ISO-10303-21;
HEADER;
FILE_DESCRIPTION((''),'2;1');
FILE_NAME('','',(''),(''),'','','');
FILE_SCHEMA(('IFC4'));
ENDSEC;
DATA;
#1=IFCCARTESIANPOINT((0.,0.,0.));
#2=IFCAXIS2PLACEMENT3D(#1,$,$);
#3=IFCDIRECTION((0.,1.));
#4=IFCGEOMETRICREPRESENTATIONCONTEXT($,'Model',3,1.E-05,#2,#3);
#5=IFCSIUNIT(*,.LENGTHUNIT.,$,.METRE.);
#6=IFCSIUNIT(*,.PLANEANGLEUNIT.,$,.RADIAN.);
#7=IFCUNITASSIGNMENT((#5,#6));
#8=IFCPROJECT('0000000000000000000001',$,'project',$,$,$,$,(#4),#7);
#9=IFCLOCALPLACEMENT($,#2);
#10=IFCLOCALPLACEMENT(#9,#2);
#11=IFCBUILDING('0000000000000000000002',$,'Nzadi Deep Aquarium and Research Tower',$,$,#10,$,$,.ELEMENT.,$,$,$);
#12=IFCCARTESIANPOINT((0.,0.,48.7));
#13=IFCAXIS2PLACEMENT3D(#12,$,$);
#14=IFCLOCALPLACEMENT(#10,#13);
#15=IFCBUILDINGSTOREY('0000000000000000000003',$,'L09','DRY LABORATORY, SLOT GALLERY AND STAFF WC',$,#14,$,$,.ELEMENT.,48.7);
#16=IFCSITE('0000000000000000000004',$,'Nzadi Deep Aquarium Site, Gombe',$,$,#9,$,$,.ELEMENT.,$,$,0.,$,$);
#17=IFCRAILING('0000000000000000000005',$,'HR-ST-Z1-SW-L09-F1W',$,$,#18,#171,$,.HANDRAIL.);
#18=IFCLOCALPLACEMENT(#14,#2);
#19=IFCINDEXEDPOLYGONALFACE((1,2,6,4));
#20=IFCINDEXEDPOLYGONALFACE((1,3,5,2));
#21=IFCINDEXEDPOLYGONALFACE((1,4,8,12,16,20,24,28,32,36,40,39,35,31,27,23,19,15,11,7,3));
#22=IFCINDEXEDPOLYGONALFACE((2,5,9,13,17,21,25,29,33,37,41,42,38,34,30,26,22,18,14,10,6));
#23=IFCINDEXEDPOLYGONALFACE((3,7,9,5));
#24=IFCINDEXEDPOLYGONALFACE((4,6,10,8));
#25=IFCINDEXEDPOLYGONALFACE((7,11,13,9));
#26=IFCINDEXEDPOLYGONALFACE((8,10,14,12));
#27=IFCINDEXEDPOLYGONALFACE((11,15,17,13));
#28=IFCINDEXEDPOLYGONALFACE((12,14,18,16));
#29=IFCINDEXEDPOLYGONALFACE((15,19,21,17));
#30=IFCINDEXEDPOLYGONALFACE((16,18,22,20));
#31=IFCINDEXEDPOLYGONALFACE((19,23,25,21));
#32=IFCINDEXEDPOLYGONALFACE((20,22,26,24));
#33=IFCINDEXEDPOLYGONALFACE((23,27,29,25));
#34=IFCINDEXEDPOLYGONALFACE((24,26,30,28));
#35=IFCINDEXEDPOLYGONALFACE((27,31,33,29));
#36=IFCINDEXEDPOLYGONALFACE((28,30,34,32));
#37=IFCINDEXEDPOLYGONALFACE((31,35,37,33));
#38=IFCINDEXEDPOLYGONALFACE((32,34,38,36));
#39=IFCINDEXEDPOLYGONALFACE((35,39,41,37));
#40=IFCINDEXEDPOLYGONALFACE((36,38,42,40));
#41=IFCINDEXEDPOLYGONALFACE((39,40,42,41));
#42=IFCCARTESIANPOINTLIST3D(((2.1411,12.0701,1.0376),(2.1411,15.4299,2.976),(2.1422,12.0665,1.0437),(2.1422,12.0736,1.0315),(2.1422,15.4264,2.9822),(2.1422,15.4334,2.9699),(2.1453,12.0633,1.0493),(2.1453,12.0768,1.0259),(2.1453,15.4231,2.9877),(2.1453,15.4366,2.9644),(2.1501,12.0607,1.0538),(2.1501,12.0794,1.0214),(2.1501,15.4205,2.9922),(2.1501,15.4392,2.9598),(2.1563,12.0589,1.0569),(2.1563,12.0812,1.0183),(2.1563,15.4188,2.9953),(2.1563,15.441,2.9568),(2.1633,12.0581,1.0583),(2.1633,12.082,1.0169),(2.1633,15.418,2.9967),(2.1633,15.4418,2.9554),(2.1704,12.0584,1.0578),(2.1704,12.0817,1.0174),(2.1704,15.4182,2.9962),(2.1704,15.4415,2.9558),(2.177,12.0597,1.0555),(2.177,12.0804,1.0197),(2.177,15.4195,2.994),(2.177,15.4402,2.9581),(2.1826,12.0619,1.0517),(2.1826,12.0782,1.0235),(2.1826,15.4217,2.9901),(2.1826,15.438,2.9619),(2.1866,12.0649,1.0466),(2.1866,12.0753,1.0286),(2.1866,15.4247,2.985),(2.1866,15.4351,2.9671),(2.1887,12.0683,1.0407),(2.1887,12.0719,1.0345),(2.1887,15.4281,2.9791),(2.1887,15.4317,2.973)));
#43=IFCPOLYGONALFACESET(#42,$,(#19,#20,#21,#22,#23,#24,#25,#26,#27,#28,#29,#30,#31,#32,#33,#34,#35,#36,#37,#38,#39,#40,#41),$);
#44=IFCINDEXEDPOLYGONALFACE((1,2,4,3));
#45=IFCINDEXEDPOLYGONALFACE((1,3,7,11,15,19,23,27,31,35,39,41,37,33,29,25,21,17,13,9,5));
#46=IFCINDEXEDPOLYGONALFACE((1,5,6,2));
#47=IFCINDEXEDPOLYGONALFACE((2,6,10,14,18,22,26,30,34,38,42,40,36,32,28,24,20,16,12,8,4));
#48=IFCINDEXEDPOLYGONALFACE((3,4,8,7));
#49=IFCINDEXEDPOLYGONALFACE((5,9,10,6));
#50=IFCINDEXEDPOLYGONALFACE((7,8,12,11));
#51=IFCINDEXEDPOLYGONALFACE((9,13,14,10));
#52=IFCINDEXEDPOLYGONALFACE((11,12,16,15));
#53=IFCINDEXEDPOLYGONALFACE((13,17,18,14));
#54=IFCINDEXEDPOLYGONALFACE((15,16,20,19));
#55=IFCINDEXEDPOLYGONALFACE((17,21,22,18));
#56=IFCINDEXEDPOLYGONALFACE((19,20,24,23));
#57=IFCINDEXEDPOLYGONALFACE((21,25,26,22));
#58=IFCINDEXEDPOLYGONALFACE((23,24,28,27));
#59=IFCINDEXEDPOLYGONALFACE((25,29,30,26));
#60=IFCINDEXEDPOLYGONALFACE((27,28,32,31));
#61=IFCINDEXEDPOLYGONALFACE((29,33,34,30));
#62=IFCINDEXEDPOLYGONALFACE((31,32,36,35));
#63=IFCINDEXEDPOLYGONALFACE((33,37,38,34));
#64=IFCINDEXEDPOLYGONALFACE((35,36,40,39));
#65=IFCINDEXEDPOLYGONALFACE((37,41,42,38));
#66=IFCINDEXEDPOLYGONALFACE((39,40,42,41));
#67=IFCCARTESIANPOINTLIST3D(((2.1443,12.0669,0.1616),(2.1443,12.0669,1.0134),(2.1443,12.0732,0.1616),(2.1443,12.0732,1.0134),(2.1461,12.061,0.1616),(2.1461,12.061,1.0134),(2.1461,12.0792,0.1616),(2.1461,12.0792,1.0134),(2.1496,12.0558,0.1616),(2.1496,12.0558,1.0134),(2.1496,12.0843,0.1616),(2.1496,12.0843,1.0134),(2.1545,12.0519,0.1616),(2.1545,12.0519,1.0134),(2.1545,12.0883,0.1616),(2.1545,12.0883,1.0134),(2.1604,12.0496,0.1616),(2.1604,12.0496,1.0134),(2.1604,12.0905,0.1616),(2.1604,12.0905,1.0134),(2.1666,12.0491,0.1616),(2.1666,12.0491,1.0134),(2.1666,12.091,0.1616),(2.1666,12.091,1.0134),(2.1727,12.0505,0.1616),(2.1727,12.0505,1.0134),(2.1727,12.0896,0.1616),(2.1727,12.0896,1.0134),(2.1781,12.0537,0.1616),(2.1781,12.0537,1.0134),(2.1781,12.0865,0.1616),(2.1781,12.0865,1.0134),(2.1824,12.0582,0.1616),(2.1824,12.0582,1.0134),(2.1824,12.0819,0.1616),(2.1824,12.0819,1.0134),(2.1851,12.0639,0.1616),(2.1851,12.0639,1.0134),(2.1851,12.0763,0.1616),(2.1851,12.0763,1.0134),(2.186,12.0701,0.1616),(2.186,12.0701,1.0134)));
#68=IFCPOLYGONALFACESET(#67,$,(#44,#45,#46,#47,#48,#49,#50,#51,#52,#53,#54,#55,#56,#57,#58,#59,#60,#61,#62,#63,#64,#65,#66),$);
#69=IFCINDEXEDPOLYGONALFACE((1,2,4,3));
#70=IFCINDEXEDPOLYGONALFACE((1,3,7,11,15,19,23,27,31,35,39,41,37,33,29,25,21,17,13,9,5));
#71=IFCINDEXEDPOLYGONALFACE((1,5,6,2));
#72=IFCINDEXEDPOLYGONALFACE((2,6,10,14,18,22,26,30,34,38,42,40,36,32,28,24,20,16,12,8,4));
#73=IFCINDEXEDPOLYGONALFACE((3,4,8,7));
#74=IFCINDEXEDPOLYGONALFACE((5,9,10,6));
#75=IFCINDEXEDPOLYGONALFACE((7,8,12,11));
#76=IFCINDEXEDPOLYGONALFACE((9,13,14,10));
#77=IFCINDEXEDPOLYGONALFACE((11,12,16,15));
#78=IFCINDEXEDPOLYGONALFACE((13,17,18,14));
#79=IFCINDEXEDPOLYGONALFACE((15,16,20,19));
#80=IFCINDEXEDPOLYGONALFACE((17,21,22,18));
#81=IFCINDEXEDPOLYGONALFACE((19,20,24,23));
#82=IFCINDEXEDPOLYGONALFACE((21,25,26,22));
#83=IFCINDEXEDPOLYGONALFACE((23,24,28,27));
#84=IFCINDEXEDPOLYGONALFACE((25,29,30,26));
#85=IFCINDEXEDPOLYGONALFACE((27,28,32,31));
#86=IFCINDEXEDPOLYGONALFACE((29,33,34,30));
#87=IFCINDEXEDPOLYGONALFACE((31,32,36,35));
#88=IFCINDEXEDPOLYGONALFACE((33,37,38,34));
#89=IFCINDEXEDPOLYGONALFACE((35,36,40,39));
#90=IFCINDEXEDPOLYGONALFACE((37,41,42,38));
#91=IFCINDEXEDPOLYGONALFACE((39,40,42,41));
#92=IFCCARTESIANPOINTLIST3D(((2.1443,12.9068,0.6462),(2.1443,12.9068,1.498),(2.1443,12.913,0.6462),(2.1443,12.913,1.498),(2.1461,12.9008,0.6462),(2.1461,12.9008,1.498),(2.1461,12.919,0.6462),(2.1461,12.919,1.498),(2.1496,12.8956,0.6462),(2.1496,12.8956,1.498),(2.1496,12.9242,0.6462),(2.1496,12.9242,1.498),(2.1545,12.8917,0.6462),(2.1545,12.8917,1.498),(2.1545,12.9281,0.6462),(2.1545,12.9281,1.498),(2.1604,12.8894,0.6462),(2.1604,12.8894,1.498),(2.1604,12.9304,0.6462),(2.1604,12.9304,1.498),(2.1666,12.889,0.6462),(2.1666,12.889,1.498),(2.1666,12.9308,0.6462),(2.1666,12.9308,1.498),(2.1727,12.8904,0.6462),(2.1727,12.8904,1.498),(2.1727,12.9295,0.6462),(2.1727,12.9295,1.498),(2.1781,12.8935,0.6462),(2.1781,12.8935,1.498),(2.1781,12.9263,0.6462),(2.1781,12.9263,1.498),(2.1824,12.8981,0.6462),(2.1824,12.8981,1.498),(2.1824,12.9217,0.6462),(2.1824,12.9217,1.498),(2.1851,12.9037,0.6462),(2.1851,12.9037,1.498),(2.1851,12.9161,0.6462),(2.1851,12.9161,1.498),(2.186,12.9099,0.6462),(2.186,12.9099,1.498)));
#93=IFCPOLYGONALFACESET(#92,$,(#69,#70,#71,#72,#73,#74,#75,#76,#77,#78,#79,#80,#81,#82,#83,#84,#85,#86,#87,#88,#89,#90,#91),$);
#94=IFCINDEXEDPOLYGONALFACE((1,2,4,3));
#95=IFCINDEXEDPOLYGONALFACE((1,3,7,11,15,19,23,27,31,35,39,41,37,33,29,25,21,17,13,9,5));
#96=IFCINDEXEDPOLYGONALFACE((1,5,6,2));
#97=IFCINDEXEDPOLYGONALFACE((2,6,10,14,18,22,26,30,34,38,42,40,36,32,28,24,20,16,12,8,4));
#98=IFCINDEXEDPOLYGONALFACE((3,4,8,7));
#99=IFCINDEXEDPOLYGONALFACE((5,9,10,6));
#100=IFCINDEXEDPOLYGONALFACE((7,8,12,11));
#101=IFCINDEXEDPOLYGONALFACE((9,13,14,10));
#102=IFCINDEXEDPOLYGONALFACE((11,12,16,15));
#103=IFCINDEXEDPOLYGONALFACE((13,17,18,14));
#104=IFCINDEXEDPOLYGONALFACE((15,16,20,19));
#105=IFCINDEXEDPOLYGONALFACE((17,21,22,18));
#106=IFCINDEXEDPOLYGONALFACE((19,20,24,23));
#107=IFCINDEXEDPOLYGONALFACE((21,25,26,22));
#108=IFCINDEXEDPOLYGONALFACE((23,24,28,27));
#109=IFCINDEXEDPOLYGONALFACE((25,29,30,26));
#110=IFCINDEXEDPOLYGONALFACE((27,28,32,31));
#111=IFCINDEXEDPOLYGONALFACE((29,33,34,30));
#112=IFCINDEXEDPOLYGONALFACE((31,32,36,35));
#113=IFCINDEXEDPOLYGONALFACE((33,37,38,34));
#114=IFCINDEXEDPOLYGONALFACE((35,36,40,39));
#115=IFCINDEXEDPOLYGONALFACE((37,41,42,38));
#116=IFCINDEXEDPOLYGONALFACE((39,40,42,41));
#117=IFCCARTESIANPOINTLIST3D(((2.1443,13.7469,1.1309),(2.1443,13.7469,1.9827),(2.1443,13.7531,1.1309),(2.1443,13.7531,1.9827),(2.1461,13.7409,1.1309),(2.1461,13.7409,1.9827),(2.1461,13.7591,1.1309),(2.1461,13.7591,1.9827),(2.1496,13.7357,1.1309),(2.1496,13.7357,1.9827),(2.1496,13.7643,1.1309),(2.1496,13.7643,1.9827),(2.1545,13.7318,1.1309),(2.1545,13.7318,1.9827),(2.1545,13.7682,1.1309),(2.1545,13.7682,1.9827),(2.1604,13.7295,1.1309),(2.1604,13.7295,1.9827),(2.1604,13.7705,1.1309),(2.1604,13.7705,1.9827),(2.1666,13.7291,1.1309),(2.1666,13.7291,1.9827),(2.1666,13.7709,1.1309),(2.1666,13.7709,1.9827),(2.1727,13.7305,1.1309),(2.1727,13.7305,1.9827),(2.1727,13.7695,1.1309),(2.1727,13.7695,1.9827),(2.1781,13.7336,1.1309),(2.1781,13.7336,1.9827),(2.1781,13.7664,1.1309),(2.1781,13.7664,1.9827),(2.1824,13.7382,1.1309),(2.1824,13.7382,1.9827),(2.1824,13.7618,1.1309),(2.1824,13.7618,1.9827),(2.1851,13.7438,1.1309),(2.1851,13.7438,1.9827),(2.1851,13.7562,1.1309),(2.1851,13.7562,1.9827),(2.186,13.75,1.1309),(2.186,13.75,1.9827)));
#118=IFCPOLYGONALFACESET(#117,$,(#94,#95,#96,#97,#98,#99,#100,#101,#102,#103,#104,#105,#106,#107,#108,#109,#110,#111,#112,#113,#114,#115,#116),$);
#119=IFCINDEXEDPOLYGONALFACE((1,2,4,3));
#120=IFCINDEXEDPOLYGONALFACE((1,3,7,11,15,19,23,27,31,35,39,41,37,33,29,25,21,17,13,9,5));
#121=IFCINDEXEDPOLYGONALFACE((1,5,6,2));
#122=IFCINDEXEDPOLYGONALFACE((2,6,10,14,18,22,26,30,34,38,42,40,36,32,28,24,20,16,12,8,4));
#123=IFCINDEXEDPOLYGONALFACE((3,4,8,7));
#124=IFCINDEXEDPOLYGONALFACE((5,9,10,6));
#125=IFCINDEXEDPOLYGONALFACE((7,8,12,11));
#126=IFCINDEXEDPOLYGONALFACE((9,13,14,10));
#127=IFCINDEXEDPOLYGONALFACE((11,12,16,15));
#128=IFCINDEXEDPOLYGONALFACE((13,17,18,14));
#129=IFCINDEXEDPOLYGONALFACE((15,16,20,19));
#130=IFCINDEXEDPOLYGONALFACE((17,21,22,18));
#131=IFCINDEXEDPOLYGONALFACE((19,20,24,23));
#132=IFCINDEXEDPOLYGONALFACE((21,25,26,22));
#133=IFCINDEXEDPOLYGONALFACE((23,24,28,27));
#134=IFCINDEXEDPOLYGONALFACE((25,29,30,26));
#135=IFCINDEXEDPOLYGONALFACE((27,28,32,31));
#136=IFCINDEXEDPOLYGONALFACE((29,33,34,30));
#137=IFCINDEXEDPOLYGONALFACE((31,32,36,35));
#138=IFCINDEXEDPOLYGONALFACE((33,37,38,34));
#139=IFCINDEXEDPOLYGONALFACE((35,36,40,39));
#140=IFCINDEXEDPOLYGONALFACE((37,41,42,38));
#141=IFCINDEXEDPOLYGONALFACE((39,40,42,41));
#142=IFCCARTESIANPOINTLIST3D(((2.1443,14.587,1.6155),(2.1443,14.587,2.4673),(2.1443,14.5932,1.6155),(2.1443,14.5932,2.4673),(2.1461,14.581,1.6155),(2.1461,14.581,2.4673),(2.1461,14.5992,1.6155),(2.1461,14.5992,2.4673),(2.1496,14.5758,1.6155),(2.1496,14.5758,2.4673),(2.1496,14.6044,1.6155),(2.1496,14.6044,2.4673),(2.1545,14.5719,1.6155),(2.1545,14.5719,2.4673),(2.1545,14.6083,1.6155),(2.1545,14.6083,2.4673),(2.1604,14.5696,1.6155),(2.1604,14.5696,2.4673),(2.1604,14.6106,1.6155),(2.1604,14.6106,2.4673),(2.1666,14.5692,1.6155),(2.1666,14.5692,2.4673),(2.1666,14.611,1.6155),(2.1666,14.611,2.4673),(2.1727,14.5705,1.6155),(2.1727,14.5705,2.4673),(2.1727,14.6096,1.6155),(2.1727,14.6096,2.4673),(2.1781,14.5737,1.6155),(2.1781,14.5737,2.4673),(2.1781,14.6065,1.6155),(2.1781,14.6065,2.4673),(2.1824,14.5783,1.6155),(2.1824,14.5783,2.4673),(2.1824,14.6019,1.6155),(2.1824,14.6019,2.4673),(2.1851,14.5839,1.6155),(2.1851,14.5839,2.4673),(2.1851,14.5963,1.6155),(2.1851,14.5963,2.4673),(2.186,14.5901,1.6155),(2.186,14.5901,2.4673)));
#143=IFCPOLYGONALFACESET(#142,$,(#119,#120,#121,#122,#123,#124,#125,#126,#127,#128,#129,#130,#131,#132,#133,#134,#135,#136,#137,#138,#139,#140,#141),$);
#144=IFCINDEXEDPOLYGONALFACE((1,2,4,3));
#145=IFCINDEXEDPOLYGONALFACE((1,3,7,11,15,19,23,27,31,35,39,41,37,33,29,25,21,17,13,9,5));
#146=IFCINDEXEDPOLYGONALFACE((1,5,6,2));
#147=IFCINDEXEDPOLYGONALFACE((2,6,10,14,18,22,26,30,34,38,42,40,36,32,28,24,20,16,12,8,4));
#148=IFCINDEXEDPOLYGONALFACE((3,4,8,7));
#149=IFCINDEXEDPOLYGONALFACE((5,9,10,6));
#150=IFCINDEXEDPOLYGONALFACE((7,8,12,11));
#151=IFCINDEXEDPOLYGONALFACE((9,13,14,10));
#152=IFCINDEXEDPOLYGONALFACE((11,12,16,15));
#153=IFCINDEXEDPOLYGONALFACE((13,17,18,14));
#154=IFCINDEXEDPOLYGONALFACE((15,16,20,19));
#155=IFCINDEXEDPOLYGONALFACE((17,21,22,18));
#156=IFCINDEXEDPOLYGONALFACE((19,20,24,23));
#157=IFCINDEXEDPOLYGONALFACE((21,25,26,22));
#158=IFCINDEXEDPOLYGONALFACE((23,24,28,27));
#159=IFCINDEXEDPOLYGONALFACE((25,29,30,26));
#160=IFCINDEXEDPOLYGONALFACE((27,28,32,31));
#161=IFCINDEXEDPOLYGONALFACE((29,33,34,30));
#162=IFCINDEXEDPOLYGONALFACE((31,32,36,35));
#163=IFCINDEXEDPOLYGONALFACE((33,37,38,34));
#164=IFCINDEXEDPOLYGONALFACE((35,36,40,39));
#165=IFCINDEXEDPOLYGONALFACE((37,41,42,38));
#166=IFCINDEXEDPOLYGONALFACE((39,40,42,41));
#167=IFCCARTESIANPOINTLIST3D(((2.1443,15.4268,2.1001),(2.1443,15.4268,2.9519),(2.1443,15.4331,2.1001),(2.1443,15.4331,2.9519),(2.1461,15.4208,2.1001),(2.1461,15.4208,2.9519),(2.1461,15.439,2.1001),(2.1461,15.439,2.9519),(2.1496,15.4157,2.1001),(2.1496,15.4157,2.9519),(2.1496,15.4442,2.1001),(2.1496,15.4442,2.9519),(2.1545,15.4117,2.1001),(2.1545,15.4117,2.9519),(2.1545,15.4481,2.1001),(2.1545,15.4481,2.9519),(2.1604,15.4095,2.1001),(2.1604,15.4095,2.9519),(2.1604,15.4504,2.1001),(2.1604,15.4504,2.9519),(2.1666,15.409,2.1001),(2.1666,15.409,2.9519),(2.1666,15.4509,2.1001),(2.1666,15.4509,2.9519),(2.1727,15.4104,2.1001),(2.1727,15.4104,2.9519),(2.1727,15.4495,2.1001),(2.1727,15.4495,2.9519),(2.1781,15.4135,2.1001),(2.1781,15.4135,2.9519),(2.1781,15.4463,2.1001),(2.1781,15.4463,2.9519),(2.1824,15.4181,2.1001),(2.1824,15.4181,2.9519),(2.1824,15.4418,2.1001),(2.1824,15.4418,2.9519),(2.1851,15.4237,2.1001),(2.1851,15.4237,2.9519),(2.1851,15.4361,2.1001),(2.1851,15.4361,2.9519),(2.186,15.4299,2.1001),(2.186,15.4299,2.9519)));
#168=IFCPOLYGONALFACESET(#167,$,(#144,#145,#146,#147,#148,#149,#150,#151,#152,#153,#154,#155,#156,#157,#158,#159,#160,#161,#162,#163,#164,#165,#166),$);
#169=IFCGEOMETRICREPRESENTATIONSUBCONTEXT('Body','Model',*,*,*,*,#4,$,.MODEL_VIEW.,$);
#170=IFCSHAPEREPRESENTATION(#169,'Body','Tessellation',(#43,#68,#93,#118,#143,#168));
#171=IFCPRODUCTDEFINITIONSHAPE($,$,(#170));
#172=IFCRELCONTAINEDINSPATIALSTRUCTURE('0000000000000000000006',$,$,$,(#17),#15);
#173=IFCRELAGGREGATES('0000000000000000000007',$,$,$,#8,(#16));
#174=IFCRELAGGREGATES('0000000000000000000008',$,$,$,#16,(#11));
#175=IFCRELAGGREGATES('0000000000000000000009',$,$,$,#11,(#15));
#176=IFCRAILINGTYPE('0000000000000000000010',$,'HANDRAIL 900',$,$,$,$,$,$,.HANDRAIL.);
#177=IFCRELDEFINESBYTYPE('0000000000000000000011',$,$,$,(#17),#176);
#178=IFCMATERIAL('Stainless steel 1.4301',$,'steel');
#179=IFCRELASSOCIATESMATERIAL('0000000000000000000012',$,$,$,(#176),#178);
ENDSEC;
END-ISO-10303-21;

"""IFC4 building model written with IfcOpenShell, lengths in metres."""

from ifc_helpers import new_model, si_unit, direction, frame, origin, origin_2d, place, context, subcontext, project, spatial, circle, extrude, material, type_object, element, save


model = new_model("IFC4")

# Units and contexts
model_context = context("Model", 3, precision=1e-05, world=origin(), true_north=direction((0.0, 1.0)))
body_context = subcontext(model_context, "Body", "Model", "MODEL_VIEW")
ifc_project = project(units=[si_unit("LENGTHUNIT", "METRE"), si_unit("PLANEANGLEUNIT", "RADIAN")], contexts=[model_context])

# Site, building, storey
site_placement = place(None, origin())
site = spatial("IfcSite", under=ifc_project, at=site_placement, Name="Nzadi Deep Aquarium Site, Gombe", CompositionType="ELEMENT", RefElevation=0.0)
building_placement = place(site_placement, origin())
building = spatial("IfcBuilding", under=site, at=building_placement, Name="Nzadi Deep Aquarium and Research Tower", CompositionType="ELEMENT")
storey_placement = place(building_placement, frame((0.0, 0.0, 48.7)))
storey = spatial("IfcBuildingStorey", under=building, at=storey_placement, Name="L09", Description="DRY LABORATORY, SLOT GALLERY AND STAFF WC", CompositionType="ELEMENT", Elevation=48.7)

# Railing
ifc_material_1 = material(Name="Stainless steel 1.4301", Category="steel")
railing_type = type_object("IfcRailingType", Name="HANDRAIL 900", PredefinedType="HANDRAIL", material=ifc_material_1)
for number, where, name in (
    (1, (2.165, 12.0701, 0.1616), "HR-ST-Z1-SW-L09-F1W"),
):
    element("IfcRailing", number, at=place(storey_placement, frame(where)), inside=storey, type_object=railing_type, Name=name, PredefinedType="HANDRAIL", context=body_context, shape_type="SweptSolid", body=[
        extrude(circle(Radius=0.0239, at=origin_2d()), frame((0.0, 0.0, 0.876), z_axis=(0.0, 0.866175, 0.499741), x_axis=(-1.0, 0.0, 0.0)), (0.0, 0.0, 1.0), 3.8789),
        extrude(circle(Radius=0.021, at=origin_2d()), origin(), (0.0, 0.0, 1.0), 0.8518),
        extrude(circle(Radius=0.021, at=origin_2d()), frame((0.0, 0.8398, 0.4846)), (0.0, 0.0, 1.0), 0.8518),
        extrude(circle(Radius=0.021, at=origin_2d()), frame((0.0, 1.6799, 0.9692)), (0.0, 0.0, 1.0), 0.8518),
        extrude(circle(Radius=0.021, at=origin_2d()), frame((0.0, 2.52, 1.4539)), (0.0, 0.0, 1.0), 0.8518),
        extrude(circle(Radius=0.021, at=origin_2d()), frame((0.0, 3.3599, 1.9385)), (0.0, 0.0, 1.0), 0.8518),
    ])

save(model, "model.ifc")
